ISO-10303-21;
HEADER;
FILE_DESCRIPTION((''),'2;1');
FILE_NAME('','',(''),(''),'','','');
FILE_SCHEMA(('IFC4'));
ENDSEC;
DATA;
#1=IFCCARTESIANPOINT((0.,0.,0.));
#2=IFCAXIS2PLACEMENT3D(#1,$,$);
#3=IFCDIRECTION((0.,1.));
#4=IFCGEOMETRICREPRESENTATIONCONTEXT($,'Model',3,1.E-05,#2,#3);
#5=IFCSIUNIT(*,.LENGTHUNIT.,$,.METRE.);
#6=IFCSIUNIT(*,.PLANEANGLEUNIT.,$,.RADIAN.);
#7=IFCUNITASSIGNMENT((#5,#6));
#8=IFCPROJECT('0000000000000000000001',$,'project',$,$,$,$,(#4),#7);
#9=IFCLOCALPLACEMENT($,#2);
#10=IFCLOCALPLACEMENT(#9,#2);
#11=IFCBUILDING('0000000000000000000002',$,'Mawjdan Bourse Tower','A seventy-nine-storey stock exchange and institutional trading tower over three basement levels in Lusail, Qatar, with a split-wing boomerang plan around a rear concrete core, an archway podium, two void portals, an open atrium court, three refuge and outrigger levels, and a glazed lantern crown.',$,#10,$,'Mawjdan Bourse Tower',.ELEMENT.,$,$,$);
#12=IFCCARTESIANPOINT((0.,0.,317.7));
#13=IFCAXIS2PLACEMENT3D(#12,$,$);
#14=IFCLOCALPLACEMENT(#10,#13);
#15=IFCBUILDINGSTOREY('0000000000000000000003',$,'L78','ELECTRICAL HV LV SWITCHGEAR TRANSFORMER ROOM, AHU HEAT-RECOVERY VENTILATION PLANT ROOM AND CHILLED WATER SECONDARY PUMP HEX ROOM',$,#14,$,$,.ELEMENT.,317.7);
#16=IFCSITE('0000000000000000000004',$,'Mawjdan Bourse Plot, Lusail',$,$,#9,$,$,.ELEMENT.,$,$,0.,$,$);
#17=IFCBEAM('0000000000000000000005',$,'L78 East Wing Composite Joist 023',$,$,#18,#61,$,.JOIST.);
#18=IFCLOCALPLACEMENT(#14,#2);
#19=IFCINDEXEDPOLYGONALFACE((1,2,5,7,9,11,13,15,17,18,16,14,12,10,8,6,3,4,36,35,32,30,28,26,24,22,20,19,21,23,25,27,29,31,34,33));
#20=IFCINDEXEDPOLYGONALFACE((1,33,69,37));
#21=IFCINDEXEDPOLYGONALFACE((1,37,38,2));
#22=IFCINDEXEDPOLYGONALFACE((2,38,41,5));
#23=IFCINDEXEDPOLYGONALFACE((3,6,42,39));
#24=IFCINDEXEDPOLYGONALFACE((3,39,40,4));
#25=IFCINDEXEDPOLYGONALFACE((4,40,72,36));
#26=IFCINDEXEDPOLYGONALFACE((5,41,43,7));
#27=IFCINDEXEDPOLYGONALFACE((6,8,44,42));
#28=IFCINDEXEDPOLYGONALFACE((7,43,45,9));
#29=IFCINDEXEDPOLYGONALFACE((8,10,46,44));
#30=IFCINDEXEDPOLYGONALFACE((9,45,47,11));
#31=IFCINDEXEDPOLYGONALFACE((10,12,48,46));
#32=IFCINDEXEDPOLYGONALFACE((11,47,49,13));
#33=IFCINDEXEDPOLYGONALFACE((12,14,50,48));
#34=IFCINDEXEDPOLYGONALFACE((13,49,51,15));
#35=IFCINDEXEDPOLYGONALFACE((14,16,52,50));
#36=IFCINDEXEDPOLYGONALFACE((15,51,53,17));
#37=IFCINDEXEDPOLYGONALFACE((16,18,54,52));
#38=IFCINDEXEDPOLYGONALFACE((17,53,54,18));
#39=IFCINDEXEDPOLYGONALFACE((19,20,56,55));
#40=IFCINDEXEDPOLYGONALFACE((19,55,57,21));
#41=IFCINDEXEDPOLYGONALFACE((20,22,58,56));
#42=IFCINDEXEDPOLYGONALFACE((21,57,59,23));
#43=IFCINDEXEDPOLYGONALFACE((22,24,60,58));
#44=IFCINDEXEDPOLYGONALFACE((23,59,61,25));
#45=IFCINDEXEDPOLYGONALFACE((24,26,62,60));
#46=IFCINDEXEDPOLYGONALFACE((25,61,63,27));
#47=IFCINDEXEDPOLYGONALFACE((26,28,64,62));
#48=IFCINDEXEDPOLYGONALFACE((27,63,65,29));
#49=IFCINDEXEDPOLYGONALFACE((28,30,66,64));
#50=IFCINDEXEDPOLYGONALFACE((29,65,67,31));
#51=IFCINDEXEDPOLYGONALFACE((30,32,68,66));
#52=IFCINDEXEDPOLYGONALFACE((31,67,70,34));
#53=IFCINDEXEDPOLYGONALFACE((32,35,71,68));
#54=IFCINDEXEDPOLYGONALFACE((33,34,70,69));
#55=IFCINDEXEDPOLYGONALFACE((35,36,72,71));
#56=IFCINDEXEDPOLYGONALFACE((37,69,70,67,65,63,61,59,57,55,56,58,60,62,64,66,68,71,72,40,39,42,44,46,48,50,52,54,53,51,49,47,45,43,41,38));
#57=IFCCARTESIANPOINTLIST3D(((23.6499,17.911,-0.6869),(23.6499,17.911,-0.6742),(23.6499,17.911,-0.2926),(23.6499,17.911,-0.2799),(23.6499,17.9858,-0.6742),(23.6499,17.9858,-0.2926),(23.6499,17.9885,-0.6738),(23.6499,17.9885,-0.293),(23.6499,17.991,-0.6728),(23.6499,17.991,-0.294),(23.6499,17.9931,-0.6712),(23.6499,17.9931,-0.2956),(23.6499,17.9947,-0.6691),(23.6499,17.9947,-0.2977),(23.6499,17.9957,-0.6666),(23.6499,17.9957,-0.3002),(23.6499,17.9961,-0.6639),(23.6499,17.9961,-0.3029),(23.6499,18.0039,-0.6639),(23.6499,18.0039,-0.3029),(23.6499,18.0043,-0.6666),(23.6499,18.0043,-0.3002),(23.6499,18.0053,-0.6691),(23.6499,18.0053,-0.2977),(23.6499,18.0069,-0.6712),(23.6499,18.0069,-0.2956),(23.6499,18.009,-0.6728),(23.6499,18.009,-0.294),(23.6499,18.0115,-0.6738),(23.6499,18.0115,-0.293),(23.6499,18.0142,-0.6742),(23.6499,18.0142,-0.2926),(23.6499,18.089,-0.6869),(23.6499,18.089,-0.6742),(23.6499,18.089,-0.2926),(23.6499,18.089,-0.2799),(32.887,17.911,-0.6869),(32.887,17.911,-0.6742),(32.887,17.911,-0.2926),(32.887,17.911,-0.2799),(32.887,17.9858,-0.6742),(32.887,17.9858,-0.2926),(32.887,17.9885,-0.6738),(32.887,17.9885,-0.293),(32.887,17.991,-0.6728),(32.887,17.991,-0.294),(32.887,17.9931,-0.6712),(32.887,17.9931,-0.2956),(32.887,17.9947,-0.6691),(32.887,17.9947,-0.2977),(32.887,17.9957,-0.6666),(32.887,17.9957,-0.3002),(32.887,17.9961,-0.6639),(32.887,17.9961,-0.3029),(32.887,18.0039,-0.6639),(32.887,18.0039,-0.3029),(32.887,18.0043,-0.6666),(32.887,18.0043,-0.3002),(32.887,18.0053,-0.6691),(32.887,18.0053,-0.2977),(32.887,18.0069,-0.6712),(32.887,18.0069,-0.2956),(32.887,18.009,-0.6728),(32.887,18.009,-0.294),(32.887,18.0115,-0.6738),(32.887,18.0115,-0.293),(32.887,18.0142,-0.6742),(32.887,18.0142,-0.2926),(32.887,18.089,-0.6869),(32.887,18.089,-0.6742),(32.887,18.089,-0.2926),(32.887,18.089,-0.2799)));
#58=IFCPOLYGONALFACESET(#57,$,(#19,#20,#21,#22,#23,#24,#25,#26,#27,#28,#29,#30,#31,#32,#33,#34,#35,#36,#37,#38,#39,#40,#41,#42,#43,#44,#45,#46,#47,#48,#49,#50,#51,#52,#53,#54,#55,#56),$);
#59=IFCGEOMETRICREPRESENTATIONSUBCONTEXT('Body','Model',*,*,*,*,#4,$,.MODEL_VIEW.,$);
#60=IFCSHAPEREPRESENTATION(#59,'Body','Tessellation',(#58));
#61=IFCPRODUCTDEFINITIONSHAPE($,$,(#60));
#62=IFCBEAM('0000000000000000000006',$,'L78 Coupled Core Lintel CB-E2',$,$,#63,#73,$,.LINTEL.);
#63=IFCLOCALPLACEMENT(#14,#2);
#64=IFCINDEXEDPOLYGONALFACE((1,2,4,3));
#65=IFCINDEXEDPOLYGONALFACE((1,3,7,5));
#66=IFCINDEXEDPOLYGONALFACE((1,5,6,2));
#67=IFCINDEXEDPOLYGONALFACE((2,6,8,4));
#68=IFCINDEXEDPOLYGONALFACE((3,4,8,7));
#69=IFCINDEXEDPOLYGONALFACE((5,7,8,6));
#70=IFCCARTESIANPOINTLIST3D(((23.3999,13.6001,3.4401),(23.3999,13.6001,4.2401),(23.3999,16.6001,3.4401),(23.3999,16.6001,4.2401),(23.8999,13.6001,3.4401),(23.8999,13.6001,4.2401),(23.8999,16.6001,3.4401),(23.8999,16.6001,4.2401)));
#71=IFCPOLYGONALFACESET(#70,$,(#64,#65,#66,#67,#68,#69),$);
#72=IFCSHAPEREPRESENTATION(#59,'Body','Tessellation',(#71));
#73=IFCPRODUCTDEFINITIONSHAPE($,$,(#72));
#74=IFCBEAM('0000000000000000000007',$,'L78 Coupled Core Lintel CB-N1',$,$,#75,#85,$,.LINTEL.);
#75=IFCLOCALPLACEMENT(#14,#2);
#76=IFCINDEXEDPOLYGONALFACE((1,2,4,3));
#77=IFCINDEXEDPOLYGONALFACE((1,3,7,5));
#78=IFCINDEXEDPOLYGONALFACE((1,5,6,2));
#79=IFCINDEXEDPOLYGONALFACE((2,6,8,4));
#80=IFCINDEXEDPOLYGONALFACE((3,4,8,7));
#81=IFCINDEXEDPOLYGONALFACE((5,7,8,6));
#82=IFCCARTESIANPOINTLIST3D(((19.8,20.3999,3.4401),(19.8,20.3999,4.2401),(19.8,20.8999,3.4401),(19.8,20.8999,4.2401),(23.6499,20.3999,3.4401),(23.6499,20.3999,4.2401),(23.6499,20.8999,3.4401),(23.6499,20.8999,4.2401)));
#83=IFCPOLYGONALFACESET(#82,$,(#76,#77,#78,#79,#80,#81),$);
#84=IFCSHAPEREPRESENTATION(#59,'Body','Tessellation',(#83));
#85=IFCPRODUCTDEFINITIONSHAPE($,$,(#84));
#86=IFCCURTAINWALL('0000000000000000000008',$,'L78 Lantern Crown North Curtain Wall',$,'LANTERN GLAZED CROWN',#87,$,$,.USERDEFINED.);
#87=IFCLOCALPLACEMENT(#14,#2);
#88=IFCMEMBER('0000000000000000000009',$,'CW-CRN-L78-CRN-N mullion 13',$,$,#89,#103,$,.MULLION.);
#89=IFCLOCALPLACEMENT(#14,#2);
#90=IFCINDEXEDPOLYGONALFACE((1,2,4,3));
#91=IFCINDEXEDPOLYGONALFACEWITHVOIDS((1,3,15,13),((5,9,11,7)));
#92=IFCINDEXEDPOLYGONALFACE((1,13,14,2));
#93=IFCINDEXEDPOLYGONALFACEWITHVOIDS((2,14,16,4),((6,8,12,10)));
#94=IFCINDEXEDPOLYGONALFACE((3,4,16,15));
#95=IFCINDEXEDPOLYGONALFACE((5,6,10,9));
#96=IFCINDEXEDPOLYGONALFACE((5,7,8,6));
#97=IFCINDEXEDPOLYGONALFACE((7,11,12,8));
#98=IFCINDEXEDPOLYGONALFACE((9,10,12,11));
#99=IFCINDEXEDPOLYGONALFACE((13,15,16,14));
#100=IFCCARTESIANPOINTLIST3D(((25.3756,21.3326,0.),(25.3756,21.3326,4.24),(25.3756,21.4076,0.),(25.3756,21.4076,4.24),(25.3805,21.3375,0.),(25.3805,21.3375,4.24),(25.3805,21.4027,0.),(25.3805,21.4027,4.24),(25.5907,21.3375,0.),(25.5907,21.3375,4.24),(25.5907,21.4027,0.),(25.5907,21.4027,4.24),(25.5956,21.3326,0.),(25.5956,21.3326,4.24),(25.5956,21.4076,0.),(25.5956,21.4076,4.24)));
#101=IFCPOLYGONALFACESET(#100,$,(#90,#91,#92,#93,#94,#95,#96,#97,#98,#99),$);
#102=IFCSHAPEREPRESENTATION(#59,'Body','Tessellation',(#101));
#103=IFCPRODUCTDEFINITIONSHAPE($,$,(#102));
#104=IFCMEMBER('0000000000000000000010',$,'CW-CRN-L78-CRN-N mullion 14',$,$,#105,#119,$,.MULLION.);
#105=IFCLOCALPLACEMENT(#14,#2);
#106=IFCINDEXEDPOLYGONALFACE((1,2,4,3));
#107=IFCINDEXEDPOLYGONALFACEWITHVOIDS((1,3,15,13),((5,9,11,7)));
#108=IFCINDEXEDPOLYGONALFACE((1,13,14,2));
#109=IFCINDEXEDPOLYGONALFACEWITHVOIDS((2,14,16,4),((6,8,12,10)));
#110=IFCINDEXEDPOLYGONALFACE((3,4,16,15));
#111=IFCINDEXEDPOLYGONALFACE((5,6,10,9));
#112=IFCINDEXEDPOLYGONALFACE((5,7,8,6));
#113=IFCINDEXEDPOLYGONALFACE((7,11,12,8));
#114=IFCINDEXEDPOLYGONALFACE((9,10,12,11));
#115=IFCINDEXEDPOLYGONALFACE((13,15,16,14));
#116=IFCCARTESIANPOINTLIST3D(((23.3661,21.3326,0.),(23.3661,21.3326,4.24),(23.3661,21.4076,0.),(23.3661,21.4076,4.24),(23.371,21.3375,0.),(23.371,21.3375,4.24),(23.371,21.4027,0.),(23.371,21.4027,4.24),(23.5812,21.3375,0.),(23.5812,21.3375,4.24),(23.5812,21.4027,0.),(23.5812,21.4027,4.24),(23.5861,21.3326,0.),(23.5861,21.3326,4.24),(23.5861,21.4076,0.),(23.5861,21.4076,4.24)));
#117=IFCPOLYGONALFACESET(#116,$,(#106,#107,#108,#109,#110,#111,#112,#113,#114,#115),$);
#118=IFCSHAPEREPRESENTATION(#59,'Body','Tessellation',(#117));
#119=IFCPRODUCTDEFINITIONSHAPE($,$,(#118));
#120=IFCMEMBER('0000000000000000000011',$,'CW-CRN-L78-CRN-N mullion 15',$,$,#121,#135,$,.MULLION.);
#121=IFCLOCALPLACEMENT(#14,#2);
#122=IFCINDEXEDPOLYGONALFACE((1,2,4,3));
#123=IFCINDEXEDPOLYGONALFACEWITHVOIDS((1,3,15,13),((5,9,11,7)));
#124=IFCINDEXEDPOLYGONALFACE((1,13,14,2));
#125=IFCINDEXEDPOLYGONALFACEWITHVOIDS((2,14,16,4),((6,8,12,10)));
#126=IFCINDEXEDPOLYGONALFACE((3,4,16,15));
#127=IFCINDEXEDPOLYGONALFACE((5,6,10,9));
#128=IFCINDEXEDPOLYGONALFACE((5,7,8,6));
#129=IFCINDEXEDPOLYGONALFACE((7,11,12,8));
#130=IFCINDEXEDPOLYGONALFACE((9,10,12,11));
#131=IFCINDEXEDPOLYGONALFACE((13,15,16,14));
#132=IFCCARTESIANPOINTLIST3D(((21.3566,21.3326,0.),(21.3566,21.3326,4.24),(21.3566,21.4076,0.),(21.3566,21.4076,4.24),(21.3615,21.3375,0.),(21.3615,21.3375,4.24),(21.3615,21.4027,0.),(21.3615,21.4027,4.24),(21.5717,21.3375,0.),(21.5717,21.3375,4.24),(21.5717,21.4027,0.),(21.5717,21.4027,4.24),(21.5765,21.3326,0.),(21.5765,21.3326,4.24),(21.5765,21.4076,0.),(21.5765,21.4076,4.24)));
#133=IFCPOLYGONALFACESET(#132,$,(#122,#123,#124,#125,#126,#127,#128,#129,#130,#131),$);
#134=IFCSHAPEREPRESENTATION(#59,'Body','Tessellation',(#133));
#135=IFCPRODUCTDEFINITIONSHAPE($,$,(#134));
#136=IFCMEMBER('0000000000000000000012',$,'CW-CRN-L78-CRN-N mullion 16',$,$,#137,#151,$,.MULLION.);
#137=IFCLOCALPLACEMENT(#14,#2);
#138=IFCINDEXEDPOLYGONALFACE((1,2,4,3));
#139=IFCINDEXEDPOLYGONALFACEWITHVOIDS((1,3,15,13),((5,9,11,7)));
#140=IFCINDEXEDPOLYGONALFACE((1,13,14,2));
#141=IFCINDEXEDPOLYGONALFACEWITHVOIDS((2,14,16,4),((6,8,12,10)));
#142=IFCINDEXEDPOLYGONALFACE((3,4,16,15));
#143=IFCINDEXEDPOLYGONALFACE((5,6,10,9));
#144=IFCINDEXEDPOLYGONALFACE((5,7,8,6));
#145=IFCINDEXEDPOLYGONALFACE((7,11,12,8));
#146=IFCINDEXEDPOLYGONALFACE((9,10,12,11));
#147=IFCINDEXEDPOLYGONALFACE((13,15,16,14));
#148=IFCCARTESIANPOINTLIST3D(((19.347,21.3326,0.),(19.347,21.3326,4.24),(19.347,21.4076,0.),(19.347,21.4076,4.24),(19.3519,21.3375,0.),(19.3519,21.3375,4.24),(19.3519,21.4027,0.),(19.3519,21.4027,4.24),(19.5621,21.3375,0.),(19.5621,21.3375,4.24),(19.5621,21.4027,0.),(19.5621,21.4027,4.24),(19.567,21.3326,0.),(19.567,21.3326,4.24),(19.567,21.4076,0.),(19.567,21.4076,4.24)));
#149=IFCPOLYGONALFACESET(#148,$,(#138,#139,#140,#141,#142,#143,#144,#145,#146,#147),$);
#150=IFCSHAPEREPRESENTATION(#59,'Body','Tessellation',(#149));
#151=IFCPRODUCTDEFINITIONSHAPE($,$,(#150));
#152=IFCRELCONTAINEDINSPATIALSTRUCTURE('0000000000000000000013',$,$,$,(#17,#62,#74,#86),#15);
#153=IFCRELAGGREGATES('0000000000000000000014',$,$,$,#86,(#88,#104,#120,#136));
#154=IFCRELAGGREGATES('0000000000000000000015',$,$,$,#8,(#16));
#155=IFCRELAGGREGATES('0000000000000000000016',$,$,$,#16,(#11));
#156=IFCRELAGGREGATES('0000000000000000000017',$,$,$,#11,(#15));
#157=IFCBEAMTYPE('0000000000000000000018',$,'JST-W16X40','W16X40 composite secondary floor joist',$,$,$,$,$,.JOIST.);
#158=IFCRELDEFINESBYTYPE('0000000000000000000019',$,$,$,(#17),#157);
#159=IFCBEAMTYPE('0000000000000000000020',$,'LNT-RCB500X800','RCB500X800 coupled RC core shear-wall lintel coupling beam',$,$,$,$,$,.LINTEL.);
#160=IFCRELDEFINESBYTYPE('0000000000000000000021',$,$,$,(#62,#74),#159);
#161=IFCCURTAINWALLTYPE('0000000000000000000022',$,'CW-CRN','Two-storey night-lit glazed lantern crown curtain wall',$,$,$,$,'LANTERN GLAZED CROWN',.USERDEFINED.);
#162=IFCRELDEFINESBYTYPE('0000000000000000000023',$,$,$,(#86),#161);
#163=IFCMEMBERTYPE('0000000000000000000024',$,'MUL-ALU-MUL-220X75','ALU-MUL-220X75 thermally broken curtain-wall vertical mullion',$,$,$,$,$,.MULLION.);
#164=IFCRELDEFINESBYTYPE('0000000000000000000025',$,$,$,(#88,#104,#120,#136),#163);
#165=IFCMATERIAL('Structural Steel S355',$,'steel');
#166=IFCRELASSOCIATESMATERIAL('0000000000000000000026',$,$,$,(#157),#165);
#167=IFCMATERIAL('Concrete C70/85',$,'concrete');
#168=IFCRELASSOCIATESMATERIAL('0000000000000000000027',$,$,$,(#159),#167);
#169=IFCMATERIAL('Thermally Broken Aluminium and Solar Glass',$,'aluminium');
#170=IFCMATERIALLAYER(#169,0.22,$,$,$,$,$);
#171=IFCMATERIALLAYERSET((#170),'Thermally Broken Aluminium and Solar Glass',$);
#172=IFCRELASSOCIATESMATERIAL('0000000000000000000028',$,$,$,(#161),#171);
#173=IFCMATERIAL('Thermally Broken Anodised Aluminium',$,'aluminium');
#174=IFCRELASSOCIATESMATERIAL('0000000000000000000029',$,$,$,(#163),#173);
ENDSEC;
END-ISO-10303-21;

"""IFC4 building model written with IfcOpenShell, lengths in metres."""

from ifc_helpers import new_model, si_unit, direction, frame, origin, origin_2d, place, context, subcontext, project, spatial, rectangle, hollow_rectangle, i_section, extrude, material, layer, layer_set, material_profile, profile_set, type_object, element, aggregate, save


model = new_model("IFC4")

# Units and contexts
model_context = context("Model", 3, precision=1e-05, world=origin(), true_north=direction((0.0, 1.0)))
body_context = subcontext(model_context, "Body", "Model", "MODEL_VIEW")
ifc_project = project(units=[si_unit("LENGTHUNIT", "METRE"), si_unit("PLANEANGLEUNIT", "RADIAN")], contexts=[model_context])

# Site, building, storey
site_placement = place(None, origin())
site = spatial("IfcSite", under=ifc_project, at=site_placement, Name="Mawjdan Bourse Plot, Lusail", CompositionType="ELEMENT", RefElevation=0.0)
building_placement = place(site_placement, origin())
building = spatial("IfcBuilding", under=site, at=building_placement, Name="Mawjdan Bourse Tower", Description="A seventy-nine-storey stock exchange and institutional trading tower over three basement levels in Lusail, Qatar, with a split-wing boomerang plan around a rear concrete core, an archway podium, two void portals, an open atrium court, three refuge and outrigger levels, and a glazed lantern crown.", LongName="Mawjdan Bourse Tower", CompositionType="ELEMENT")
storey_placement = place(building_placement, frame((0.0, 0.0, 317.7)))
storey = spatial("IfcBuildingStorey", under=building, at=storey_placement, Name="L78", Description="ELECTRICAL HV LV SWITCHGEAR TRANSFORMER ROOM, AHU HEAT-RECOVERY VENTILATION PLANT ROOM AND CHILLED WATER SECONDARY PUMP HEX ROOM", CompositionType="ELEMENT", Elevation=317.7)

# Shared definitions
ifc_material_1 = material(Name="Structural Steel S355", Category="steel")

# Beams
ifc_material_profile_1 = material_profile(ifc_material_1, i_section(OverallWidth=0.178, OverallDepth=0.407, WebThickness=0.0078, FlangeThickness=0.0127, FilletRadius=0.0103, at=origin_2d()), Name="W16X40")
ifc_profile_set_1 = profile_set([ifc_material_profile_1], Name="Structural Steel S355")
beam_type_1 = type_object("IfcBeamType", Name="JST-W16X40", Description="W16X40 composite secondary floor joist", PredefinedType="JOIST", material=ifc_profile_set_1)
for number, where, z_axis, x_axis, name in (
    (1, (23.6499, 18.0, -0.4834), (1.0, 0.0, 0.0), (0.0, 1.0, 0.0), "L78 East Wing Composite Joist 023"),
):
    element("IfcBeam", number, at=place(storey_placement, frame(where, z_axis=z_axis, x_axis=x_axis)), inside=storey, type_object=beam_type_1, Name=name, PredefinedType="JOIST", context=body_context, shape_type="SweptSolid", body=[
        extrude(i_section(OverallWidth=0.178, OverallDepth=0.407, WebThickness=0.0078, FlangeThickness=0.0127, FilletRadius=0.0103, at=origin_2d()), origin(), (0.0, 0.0, 1.0), 9.2371),
    ])
ifc_material_2 = material(Name="Concrete C70/85", Category="concrete")
ifc_material_profile_2 = material_profile(ifc_material_2, rectangle(XDim=0.5, YDim=0.8, at=origin_2d()), Name="RCB500X800")
ifc_profile_set_2 = profile_set([ifc_material_profile_2], Name="Concrete C70/85")
beam_type_2 = type_object("IfcBeamType", Name="LNT-RCB500X800", Description="RCB500X800 coupled RC core shear-wall lintel coupling beam", PredefinedType="LINTEL", material=ifc_profile_set_2)
beam_1_placement = place(storey_placement, frame((23.6499, 13.6001, 3.8401), z_axis=(0.0, 1.0, 0.0), x_axis=(-1.0, 0.0, 0.0)))
element("IfcBeam", 2, at=beam_1_placement, inside=storey, type_object=beam_type_2, Name="L78 Coupled Core Lintel CB-E2", PredefinedType="LINTEL", context=body_context, shape_type="SweptSolid", body=[
    extrude(rectangle(XDim=0.5, YDim=0.8, at=origin_2d()), origin(), (0.0, 0.0, 1.0), 3.0),
])
beam_2_placement = place(storey_placement, frame((19.8, 20.6499, 3.8401), z_axis=(1.0, 0.0, 0.0), x_axis=(0.0, 1.0, 0.0)))
element("IfcBeam", 3, at=beam_2_placement, inside=storey, type_object=beam_type_2, Name="L78 Coupled Core Lintel CB-N1", PredefinedType="LINTEL", context=body_context, shape_type="SweptSolid", body=[
    extrude(rectangle(XDim=0.5, YDim=0.8, at=origin_2d()), origin(), (0.0, 0.0, 1.0), 3.8499),
])

# Curtain wall, members
ifc_material_3 = material(Name="Thermally Broken Aluminium and Solar Glass", Category="aluminium")
ifc_layer_1 = layer(ifc_material_3, 0.22)
ifc_layer_set_1 = layer_set([ifc_layer_1], Name="Thermally Broken Aluminium and Solar Glass")
curtain_wall_type = type_object("IfcCurtainWallType", Name="CW-CRN", Description="Two-storey night-lit glazed lantern crown curtain wall", ElementType="LANTERN GLAZED CROWN", PredefinedType="USERDEFINED", material=ifc_layer_set_1)
curtain_wall_placement = place(storey_placement, origin())
curtain_wall = element("IfcCurtainWall", 4, at=curtain_wall_placement, inside=storey, type_object=curtain_wall_type, Name="L78 Lantern Crown North Curtain Wall", ObjectType="LANTERN GLAZED CROWN", PredefinedType="USERDEFINED")
ifc_material_4 = material(Name="Thermally Broken Anodised Aluminium", Category="aluminium")
ifc_material_profile_3 = material_profile(ifc_material_4, hollow_rectangle(XDim=0.075, YDim=0.22, WallThickness=0.0049, at=origin_2d()), Name="ALU-MUL-220X75")
ifc_profile_set_3 = profile_set([ifc_material_profile_3], Name="Thermally Broken Anodised Aluminium")
member_type_1 = type_object("IfcMemberType", Name="MUL-ALU-MUL-220X75", Description="ALU-MUL-220X75 thermally broken curtain-wall vertical mullion", PredefinedType="MULLION", material=ifc_profile_set_3)
member_1_placement = place(storey_placement, frame((25.4856, 21.3701, 0.0), z_axis=(0.0, 0.0, 1.0), x_axis=(0.0, -1.0, 0.0)))
member_1 = element("IfcMember", 5, at=member_1_placement, type_object=member_type_1, Name="CW-CRN-L78-CRN-N mullion 13", PredefinedType="MULLION", context=body_context, shape_type="SweptSolid", body=[
    extrude(hollow_rectangle(XDim=0.075, YDim=0.22, WallThickness=0.0049, at=origin_2d()), origin(), (0.0, 0.0, 1.0), 4.24),
])
member_2_placement = place(storey_placement, frame((23.4761, 21.3701, 0.0), z_axis=(0.0, 0.0, 1.0), x_axis=(0.0, -1.0, 0.0)))
member_2 = element("IfcMember", 6, at=member_2_placement, type_object=member_type_1, Name="CW-CRN-L78-CRN-N mullion 14", PredefinedType="MULLION", context=body_context, shape_type="SweptSolid", body=[
    extrude(hollow_rectangle(XDim=0.075, YDim=0.22, WallThickness=0.0049, at=origin_2d()), origin(), (0.0, 0.0, 1.0), 4.24),
])
member_3_placement = place(storey_placement, frame((21.4666, 21.3701, 0.0), z_axis=(0.0, 0.0, 1.0), x_axis=(0.0, -1.0, 0.0)))
member_3 = element("IfcMember", 7, at=member_3_placement, type_object=member_type_1, Name="CW-CRN-L78-CRN-N mullion 15", PredefinedType="MULLION", context=body_context, shape_type="SweptSolid", body=[
    extrude(hollow_rectangle(XDim=0.075, YDim=0.22, WallThickness=0.0049, at=origin_2d()), origin(), (0.0, 0.0, 1.0), 4.24),
])
member_4_placement = place(storey_placement, frame((19.457, 21.3701, 0.0), z_axis=(0.0, 0.0, 1.0), x_axis=(0.0, -1.0, 0.0)))
member_4 = element("IfcMember", 8, at=member_4_placement, type_object=member_type_1, Name="CW-CRN-L78-CRN-N mullion 16", PredefinedType="MULLION", context=body_context, shape_type="SweptSolid", body=[
    extrude(hollow_rectangle(XDim=0.075, YDim=0.22, WallThickness=0.0049, at=origin_2d()), origin(), (0.0, 0.0, 1.0), 4.24),
])

aggregate(curtain_wall, [member_1, member_2, member_3, member_4])

save(model, "model.ifc")
